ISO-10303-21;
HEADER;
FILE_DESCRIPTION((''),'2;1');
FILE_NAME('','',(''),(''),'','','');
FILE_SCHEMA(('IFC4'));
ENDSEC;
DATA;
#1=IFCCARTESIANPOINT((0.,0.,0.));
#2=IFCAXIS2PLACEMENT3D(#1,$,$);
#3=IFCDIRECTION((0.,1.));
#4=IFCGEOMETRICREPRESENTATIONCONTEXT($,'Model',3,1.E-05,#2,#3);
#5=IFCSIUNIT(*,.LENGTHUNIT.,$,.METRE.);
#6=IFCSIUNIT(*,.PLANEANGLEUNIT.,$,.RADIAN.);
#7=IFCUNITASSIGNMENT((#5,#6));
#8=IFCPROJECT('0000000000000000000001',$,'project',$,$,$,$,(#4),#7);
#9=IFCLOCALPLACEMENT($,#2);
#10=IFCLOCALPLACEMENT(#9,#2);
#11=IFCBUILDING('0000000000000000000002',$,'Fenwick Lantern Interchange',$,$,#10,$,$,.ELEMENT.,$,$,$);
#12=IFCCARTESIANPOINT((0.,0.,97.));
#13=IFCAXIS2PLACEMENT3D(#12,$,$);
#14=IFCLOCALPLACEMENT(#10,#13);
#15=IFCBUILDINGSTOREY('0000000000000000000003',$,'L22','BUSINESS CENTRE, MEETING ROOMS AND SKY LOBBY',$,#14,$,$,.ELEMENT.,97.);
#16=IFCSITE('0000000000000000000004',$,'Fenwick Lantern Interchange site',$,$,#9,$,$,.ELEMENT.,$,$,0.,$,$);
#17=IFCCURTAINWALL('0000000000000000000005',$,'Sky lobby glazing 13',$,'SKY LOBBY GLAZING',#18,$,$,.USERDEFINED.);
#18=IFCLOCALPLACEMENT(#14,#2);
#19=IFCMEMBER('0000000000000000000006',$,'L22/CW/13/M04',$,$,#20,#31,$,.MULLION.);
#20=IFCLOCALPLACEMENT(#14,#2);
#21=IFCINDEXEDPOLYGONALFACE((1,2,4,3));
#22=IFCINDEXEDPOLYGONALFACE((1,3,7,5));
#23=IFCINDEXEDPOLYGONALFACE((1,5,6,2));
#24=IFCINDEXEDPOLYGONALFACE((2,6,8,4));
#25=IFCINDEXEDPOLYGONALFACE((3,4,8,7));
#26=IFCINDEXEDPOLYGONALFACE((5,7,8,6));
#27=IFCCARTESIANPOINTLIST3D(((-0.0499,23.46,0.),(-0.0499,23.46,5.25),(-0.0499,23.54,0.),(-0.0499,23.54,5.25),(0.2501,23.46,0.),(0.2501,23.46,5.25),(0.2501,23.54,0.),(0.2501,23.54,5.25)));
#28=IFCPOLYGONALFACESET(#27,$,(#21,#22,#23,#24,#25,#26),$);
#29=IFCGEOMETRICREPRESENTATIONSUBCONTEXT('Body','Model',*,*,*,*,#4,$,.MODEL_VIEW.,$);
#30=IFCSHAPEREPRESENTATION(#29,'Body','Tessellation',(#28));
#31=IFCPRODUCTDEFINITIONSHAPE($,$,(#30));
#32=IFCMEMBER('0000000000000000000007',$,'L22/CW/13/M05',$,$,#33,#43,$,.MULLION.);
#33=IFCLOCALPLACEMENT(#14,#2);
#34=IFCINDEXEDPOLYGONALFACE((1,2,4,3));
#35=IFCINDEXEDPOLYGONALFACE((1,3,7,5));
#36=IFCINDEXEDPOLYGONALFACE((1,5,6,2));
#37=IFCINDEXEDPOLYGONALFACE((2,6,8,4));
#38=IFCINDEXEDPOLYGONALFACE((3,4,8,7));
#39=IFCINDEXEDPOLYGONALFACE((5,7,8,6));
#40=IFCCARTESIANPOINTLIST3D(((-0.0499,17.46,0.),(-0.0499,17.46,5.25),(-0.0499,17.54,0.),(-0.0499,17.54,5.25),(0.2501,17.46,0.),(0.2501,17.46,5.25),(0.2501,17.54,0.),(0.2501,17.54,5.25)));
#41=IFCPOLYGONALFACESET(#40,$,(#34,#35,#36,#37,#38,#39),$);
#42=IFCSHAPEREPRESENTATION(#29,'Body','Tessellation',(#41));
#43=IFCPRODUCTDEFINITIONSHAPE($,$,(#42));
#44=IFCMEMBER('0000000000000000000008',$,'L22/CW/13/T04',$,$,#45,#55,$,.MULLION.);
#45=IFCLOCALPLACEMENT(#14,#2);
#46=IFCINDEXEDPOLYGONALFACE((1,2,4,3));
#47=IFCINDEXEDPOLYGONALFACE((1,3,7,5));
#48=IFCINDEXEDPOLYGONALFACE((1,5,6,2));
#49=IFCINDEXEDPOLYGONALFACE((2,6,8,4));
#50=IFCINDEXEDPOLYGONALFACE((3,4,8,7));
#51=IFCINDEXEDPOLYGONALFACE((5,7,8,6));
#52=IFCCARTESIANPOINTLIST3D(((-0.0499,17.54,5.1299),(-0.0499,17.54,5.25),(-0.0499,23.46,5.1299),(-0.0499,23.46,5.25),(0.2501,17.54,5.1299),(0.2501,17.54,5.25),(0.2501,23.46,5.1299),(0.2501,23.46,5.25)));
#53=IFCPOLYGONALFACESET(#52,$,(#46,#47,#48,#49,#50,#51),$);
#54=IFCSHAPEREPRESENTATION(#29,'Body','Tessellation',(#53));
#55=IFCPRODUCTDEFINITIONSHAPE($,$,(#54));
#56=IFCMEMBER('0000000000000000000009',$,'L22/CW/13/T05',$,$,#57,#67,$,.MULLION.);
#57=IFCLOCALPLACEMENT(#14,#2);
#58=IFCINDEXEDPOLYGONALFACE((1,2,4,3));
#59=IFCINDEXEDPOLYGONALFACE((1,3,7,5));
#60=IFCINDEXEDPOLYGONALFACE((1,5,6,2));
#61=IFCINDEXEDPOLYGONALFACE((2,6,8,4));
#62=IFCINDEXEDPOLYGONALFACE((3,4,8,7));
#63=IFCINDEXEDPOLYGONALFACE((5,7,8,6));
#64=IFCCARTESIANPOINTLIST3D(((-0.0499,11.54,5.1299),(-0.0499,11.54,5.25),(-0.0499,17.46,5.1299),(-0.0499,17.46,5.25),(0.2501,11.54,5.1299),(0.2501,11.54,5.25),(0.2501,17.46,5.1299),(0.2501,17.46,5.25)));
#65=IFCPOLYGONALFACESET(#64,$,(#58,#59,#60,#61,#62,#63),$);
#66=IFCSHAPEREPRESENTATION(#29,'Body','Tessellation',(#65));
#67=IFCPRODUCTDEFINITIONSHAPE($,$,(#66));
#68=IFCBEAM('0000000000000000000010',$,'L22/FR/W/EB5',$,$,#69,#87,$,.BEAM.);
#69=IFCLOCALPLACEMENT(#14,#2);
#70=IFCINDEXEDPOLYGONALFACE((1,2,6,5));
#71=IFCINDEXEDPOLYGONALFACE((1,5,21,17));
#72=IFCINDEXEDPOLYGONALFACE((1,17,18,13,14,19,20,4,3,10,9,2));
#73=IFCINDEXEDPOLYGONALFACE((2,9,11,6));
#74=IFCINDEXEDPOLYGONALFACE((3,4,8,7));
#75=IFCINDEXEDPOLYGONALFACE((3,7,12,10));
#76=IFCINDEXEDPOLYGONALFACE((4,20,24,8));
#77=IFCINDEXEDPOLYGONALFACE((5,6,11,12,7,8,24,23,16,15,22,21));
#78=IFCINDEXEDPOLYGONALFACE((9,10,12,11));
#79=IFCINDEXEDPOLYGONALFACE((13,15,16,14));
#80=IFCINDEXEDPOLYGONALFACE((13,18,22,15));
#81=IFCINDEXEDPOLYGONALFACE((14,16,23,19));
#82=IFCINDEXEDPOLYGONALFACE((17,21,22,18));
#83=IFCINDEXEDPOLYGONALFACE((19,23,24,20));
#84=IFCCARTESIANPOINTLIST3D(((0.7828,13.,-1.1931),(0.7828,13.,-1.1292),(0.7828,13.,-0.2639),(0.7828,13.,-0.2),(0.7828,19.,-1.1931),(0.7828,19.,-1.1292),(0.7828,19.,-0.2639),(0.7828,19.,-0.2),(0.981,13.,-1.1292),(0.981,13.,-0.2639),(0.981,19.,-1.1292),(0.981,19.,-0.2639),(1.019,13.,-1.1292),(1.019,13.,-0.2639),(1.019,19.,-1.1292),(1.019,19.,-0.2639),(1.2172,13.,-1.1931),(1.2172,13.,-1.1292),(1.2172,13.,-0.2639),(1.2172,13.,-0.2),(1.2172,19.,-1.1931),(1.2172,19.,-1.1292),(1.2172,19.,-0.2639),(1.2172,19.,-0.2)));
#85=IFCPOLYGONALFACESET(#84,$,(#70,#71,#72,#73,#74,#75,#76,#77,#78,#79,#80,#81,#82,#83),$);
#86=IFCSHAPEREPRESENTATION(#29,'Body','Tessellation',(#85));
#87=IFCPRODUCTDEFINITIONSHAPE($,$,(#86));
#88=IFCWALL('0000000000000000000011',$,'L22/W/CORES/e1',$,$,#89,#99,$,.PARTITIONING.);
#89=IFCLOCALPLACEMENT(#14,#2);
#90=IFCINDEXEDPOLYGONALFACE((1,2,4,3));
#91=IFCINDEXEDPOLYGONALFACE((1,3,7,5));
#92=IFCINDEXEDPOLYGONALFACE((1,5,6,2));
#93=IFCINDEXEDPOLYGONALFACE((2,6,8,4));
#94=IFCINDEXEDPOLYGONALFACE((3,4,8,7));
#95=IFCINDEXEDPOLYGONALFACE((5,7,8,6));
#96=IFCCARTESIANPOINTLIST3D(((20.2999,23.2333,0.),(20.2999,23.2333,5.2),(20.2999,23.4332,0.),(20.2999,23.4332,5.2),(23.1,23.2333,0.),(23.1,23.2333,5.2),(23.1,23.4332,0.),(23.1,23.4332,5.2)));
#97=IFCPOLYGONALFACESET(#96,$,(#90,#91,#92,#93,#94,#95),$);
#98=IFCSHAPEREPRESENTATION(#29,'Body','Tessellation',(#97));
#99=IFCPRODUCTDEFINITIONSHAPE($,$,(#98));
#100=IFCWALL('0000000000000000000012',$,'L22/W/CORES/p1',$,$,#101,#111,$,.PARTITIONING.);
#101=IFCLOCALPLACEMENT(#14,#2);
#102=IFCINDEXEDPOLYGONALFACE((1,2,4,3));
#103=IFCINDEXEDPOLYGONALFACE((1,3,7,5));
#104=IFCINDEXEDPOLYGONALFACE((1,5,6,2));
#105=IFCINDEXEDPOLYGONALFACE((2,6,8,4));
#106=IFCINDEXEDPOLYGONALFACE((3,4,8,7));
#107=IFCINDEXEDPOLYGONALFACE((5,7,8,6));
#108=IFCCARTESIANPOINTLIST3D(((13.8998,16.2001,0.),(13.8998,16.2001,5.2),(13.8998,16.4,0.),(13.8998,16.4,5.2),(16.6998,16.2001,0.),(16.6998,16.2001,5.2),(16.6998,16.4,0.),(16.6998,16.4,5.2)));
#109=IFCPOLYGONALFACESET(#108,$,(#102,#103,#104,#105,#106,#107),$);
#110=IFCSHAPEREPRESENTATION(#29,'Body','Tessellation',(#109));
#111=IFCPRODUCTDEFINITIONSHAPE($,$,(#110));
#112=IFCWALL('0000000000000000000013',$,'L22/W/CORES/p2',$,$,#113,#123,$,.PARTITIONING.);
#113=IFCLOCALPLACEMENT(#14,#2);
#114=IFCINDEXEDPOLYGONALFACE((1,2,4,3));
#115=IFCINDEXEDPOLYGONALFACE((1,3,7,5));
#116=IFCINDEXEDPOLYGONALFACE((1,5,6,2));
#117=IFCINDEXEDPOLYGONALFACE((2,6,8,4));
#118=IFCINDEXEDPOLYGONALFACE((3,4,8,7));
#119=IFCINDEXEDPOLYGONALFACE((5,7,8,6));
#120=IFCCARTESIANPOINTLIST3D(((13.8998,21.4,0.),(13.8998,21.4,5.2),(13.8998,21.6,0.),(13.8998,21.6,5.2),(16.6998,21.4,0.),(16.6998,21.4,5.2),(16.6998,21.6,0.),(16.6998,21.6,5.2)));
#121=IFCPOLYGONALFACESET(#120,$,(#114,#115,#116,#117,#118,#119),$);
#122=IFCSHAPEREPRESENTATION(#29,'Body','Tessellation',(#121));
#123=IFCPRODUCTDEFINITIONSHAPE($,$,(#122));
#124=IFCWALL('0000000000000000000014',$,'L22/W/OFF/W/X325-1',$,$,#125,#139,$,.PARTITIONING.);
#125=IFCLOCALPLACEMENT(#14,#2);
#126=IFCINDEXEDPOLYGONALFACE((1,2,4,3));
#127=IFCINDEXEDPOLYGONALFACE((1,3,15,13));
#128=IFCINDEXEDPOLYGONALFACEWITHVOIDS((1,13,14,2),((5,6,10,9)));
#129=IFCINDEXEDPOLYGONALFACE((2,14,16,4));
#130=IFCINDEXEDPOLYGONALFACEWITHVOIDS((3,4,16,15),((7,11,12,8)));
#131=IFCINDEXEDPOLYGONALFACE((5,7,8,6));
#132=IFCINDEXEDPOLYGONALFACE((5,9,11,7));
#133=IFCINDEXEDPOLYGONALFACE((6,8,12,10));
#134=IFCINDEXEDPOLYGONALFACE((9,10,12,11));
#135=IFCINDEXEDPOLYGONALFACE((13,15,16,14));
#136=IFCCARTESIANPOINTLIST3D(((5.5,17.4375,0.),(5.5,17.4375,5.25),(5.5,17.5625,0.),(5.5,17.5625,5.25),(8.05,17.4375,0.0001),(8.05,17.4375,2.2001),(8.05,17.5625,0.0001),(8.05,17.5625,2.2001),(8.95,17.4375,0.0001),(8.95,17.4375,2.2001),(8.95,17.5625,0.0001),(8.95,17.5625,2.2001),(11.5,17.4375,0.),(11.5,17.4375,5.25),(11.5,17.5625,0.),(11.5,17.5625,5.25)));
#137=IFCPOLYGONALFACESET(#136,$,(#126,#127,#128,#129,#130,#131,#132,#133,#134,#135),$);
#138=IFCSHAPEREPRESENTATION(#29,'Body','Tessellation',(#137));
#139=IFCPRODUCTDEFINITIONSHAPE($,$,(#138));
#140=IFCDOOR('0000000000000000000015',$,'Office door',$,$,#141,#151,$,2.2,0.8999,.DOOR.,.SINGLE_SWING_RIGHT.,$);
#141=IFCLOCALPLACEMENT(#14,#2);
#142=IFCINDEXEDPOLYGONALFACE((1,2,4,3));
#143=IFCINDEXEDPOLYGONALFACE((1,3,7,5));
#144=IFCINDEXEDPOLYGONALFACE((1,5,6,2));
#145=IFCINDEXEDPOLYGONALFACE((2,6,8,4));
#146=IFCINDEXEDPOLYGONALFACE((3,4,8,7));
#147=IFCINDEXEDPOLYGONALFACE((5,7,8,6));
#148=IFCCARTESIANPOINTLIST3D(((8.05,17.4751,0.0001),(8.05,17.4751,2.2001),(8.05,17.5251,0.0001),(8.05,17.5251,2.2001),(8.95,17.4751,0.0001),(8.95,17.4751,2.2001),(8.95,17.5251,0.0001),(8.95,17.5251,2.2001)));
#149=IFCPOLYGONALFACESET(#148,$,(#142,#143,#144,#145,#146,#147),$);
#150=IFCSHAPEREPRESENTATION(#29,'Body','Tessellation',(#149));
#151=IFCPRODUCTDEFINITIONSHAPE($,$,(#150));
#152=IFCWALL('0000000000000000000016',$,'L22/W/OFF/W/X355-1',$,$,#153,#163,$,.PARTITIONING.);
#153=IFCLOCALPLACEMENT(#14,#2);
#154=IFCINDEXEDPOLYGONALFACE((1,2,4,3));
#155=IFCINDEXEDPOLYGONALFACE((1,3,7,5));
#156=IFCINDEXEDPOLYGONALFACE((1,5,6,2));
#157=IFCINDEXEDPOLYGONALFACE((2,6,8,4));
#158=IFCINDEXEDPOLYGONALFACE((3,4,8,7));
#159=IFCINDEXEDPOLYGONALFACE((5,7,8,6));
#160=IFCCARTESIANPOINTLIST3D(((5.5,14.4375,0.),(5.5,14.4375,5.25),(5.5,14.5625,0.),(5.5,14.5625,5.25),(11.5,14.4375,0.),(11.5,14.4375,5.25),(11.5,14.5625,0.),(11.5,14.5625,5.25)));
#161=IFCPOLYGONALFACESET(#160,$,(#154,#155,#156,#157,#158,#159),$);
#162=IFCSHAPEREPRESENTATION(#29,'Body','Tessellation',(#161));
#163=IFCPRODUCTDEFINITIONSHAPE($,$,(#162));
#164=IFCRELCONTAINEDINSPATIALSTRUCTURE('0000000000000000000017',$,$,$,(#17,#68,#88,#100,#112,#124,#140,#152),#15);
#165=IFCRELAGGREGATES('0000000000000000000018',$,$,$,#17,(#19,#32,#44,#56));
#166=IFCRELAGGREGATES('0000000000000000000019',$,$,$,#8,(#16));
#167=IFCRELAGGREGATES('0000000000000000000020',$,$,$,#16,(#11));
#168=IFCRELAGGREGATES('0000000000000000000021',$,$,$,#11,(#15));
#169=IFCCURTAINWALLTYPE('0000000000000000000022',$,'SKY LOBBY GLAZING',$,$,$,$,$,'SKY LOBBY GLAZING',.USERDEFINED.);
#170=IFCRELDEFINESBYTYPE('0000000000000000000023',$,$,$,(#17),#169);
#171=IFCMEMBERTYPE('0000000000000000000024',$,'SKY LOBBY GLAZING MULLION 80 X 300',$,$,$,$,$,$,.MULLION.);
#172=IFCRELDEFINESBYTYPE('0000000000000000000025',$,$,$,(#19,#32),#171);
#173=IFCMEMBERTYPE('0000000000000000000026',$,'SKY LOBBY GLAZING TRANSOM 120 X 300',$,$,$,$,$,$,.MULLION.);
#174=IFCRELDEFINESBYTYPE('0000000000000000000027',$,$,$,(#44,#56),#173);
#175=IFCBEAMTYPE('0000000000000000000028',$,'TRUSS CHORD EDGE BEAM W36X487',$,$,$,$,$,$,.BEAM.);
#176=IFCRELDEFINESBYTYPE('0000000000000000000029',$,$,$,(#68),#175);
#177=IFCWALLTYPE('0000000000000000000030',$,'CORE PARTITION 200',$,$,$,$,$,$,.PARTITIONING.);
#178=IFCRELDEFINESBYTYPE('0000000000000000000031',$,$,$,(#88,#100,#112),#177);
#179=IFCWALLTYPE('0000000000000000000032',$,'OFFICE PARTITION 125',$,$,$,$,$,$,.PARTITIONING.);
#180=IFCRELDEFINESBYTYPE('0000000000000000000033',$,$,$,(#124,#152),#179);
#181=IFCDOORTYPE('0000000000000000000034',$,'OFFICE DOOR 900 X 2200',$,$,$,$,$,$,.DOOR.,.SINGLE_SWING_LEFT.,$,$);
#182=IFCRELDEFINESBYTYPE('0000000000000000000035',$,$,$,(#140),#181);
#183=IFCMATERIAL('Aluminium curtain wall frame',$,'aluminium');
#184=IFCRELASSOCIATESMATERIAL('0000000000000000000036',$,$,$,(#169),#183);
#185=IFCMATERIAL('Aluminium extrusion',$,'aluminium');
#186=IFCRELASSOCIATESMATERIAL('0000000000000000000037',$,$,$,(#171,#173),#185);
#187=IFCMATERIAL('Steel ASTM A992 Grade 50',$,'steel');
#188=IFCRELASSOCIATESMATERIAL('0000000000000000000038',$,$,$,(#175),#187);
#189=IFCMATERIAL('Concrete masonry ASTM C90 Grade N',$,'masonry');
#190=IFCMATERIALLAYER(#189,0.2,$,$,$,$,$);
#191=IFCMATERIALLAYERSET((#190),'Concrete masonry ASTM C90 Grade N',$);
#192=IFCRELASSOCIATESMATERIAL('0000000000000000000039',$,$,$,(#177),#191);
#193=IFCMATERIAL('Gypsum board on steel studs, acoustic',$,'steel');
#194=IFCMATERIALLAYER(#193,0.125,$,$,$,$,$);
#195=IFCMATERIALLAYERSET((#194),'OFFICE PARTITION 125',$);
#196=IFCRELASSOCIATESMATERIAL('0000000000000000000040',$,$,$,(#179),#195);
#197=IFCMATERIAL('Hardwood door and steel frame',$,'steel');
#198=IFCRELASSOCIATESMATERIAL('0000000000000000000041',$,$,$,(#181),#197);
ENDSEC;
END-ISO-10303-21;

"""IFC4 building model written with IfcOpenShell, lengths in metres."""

from ifc_helpers import new_model, si_unit, direction, frame, frame_2d, origin, origin_2d, place, context, subcontext, project, spatial, rectangle, i_section, extrude, material, layer, layer_set, material_profile, profile_set, type_object, element, fill, aggregate, save


model = new_model("IFC4")

# Units and contexts
model_context = context("Model", 3, precision=1e-05, world=origin(), true_north=direction((0.0, 1.0)))
body_context = subcontext(model_context, "Body", "Model", "MODEL_VIEW")
ifc_project = project(units=[si_unit("LENGTHUNIT", "METRE"), si_unit("PLANEANGLEUNIT", "RADIAN")], contexts=[model_context])

# Site, building, storey
site_placement = place(None, origin())
site = spatial("IfcSite", under=ifc_project, at=site_placement, Name="Fenwick Lantern Interchange site", CompositionType="ELEMENT", RefElevation=0.0)
building_placement = place(site_placement, origin())
building = spatial("IfcBuilding", under=site, at=building_placement, Name="Fenwick Lantern Interchange", CompositionType="ELEMENT")
storey_placement = place(building_placement, frame((0.0, 0.0, 97.0)))
storey = spatial("IfcBuildingStorey", under=building, at=storey_placement, Name="L22", Description="BUSINESS CENTRE, MEETING ROOMS AND SKY LOBBY", CompositionType="ELEMENT", Elevation=97.0)

# Curtain wall, members
ifc_material_1 = material(Name="Aluminium curtain wall frame", Category="aluminium")
curtain_wall_type = type_object("IfcCurtainWallType", Name="SKY LOBBY GLAZING", ElementType="SKY LOBBY GLAZING", PredefinedType="USERDEFINED", material=ifc_material_1)
curtain_wall_placement = place(storey_placement, origin())
curtain_wall = element("IfcCurtainWall", 1, at=curtain_wall_placement, inside=storey, type_object=curtain_wall_type, Name="Sky lobby glazing 13", ObjectType="SKY LOBBY GLAZING", PredefinedType="USERDEFINED")
ifc_material_2 = material(Name="Aluminium extrusion", Category="aluminium")
ifc_material_profile_1 = material_profile(ifc_material_2, rectangle(XDim=0.3, YDim=0.0801, at=origin_2d()), Name="SKY LOBBY GLAZING MULLION 80 X 300")
ifc_profile_set_1 = profile_set([ifc_material_profile_1], Name="Aluminium extrusion")
member_type_1 = type_object("IfcMemberType", Name="SKY LOBBY GLAZING MULLION 80 X 300", PredefinedType="MULLION", material=ifc_profile_set_1)
member_1_placement = place(storey_placement, frame((0.1001, 23.5, 0.0), z_axis=(0.0, 0.0, 1.0), x_axis=(1.0, 0.0, 0.0)))
member_1 = element("IfcMember", 2, at=member_1_placement, type_object=member_type_1, Name="L22/CW/13/M04", PredefinedType="MULLION", context=body_context, shape_type="SweptSolid", body=[
    extrude(rectangle(XDim=0.3, YDim=0.0801, at=origin_2d()), origin(), (0.0, 0.0, 1.0), 5.25),
])
member_2_placement = place(storey_placement, frame((0.1001, 17.5, 0.0), z_axis=(0.0, 0.0, 1.0), x_axis=(1.0, 0.0, 0.0)))
member_2 = element("IfcMember", 3, at=member_2_placement, type_object=member_type_1, Name="L22/CW/13/M05", PredefinedType="MULLION", context=body_context, shape_type="SweptSolid", body=[
    extrude(rectangle(XDim=0.3, YDim=0.0801, at=origin_2d()), origin(), (0.0, 0.0, 1.0), 5.25),
])
ifc_material_profile_2 = material_profile(ifc_material_2, rectangle(XDim=0.3, YDim=0.1201, at=origin_2d()), Name="SKY LOBBY GLAZING TRANSOM 120 X 300")
ifc_profile_set_2 = profile_set([ifc_material_profile_2], Name="Aluminium extrusion")
member_type_2 = type_object("IfcMemberType", Name="SKY LOBBY GLAZING TRANSOM 120 X 300", PredefinedType="MULLION", material=ifc_profile_set_2)
member_3_placement = place(storey_placement, frame((0.1001, 23.46, 5.1899), z_axis=(0.0, -1.0, 0.0), x_axis=(1.0, 0.0, 0.0)))
member_3 = element("IfcMember", 4, at=member_3_placement, type_object=member_type_2, Name="L22/CW/13/T04", PredefinedType="MULLION", context=body_context, shape_type="SweptSolid", body=[
    extrude(rectangle(XDim=0.3, YDim=0.1201, at=origin_2d()), origin(), (0.0, 0.0, 1.0), 5.9199),
])
member_4_placement = place(storey_placement, frame((0.1001, 17.46, 5.1899), z_axis=(0.0, -1.0, 0.0), x_axis=(1.0, 0.0, 0.0)))
member_4 = element("IfcMember", 5, at=member_4_placement, type_object=member_type_2, Name="L22/CW/13/T05", PredefinedType="MULLION", context=body_context, shape_type="SweptSolid", body=[
    extrude(rectangle(XDim=0.3, YDim=0.1201, at=origin_2d()), origin(), (0.0, 0.0, 1.0), 5.9199),
])
aggregate(curtain_wall, [member_1, member_2, member_3, member_4])

# Beam
ifc_material_3 = material(Name="Steel ASTM A992 Grade 50", Category="steel")
ifc_material_profile_3 = material_profile(ifc_material_3, i_section(OverallWidth=0.4343, OverallDepth=0.9932, WebThickness=0.0381, FlangeThickness=0.064, at=origin_2d()), Name="W36X487")
ifc_profile_set_3 = profile_set([ifc_material_profile_3], Name="Steel ASTM A992 Grade 50")
beam_type = type_object("IfcBeamType", Name="TRUSS CHORD EDGE BEAM W36X487", PredefinedType="BEAM", material=ifc_profile_set_3)
beam_placement = place(storey_placement, frame((1.0, 19.0, -0.6965), z_axis=(0.0, -1.0, 0.0), x_axis=(1.0, 0.0, 0.0)))
element("IfcBeam", 6, at=beam_placement, inside=storey, type_object=beam_type, Name="L22/FR/W/EB5", PredefinedType="BEAM", context=body_context, shape_type="SweptSolid", body=[
    extrude(i_section(OverallWidth=0.4343, OverallDepth=0.9932, WebThickness=0.0381, FlangeThickness=0.064, at=origin_2d()), origin(), (0.0, 0.0, 1.0), 6.0),
])

# Walls
ifc_material_4 = material(Name="Concrete masonry ASTM C90 Grade N", Category="masonry")
ifc_layer_1 = layer(ifc_material_4, 0.2)
ifc_layer_set_1 = layer_set([ifc_layer_1], Name="Concrete masonry ASTM C90 Grade N")
wall_type_1 = type_object("IfcWallType", Name="CORE PARTITION 200", PredefinedType="PARTITIONING", material=ifc_layer_set_1)
for number, where, z_axis, x_axis, name in (
    (7, (20.3, 23.3333, 0.0), (0.0, 0.0, 1.0), (1.0, 0.0, 0.0), "L22/W/CORES/e1"),
    (8, (13.8999, 16.3, 0.0), (0.0, 0.0, 1.0), (1.0, 0.0, 0.0), "L22/W/CORES/p1"),
    (9, (13.8999, 21.5, 0.0), (0.0, 0.0, 1.0), (1.0, 0.0, 0.0), "L22/W/CORES/p2"),
):
    element("IfcWall", number, at=place(storey_placement, frame(where, z_axis=z_axis, x_axis=x_axis)), inside=storey, type_object=wall_type_1, Name=name, PredefinedType="PARTITIONING", context=body_context, shape_type="SweptSolid", body=[
        extrude(rectangle(XDim=2.8, YDim=0.2, at=frame_2d((1.3999, 0.0))), origin(), (0.0, 0.0, 1.0), 5.2),
    ])

# Wall, opening, door
ifc_material_5 = material(Name="Gypsum board on steel studs, acoustic", Category="steel")
ifc_layer_2 = layer(ifc_material_5, 0.125)
ifc_layer_set_2 = layer_set([ifc_layer_2], Name="OFFICE PARTITION 125")
wall_type_2 = type_object("IfcWallType", Name="OFFICE PARTITION 125", PredefinedType="PARTITIONING", material=ifc_layer_set_2)
wall_1_placement = place(storey_placement, frame((5.5, 17.5, 0.0), z_axis=(0.0, 0.0, 1.0), x_axis=(1.0, 0.0, 0.0)))
wall_1 = element("IfcWall", 10, at=wall_1_placement, inside=storey, type_object=wall_type_2, Name="L22/W/OFF/W/X325-1", PredefinedType="PARTITIONING", context=body_context, shape_type="SweptSolid", body=[
    extrude(rectangle(XDim=6.0, YDim=0.125, at=frame_2d((3.0, 0.0))), origin(), (0.0, 0.0, 1.0), 5.25),
])
opening_1_placement = place(wall_1_placement, frame((2.55, 0.0, 0.0)))
opening_1 = element("IfcOpeningElement", 11, at=opening_1_placement, cuts=wall_1, PredefinedType="OPENING", context=body_context, shape_type="SweptSolid", body=[
    extrude(rectangle(XDim=0.8999, YDim=2.2, at=frame_2d((0.45, 1.1001))), frame((0.0, 0.0725, 0.0), z_axis=(0.0, -1.0, 0.0), x_axis=(1.0, 0.0, 0.0)), (0.0, 0.0, 1.0), 0.145),
])
ifc_material_6 = material(Name="Hardwood door and steel frame", Category="steel")
door_type_1 = type_object("IfcDoorType", Name="OFFICE DOOR 900 X 2200", OperationType="SINGLE_SWING_LEFT", PredefinedType="DOOR", material=ifc_material_6)
door_1_placement = place(opening_1_placement, frame((0.8999, 0.0, 0.0), z_axis=(0.0, 0.0, 1.0), x_axis=(-1.0, 0.0, 0.0)))
door_1 = element("IfcDoor", 12, at=door_1_placement, inside=storey, type_object=door_type_1, Name="Office door", OperationType="SINGLE_SWING_RIGHT", OverallHeight=2.2, OverallWidth=0.8999, PredefinedType="DOOR", context=body_context, shape_type="SweptSolid", body=[
    extrude(rectangle(XDim=0.8999, YDim=2.2, at=frame_2d((0.45, 1.1001))), frame((0.0, 0.0249, 0.0), z_axis=(0.0, -1.0, 0.0), x_axis=(1.0, 0.0, 0.0)), (0.0, 0.0, 1.0), 0.05),
])
fill(opening_1, door_1)

# Wall
wall_2_placement = place(storey_placement, frame((5.5, 14.5, 0.0), z_axis=(0.0, 0.0, 1.0), x_axis=(1.0, 0.0, 0.0)))
element("IfcWall", 13, at=wall_2_placement, inside=storey, type_object=wall_type_2, Name="L22/W/OFF/W/X355-1", PredefinedType="PARTITIONING", context=body_context, shape_type="SweptSolid", body=[
    extrude(rectangle(XDim=6.0, YDim=0.125, at=frame_2d((3.0, 0.0))), origin(), (0.0, 0.0, 1.0), 5.25),
])

save(model, "model.ifc")
